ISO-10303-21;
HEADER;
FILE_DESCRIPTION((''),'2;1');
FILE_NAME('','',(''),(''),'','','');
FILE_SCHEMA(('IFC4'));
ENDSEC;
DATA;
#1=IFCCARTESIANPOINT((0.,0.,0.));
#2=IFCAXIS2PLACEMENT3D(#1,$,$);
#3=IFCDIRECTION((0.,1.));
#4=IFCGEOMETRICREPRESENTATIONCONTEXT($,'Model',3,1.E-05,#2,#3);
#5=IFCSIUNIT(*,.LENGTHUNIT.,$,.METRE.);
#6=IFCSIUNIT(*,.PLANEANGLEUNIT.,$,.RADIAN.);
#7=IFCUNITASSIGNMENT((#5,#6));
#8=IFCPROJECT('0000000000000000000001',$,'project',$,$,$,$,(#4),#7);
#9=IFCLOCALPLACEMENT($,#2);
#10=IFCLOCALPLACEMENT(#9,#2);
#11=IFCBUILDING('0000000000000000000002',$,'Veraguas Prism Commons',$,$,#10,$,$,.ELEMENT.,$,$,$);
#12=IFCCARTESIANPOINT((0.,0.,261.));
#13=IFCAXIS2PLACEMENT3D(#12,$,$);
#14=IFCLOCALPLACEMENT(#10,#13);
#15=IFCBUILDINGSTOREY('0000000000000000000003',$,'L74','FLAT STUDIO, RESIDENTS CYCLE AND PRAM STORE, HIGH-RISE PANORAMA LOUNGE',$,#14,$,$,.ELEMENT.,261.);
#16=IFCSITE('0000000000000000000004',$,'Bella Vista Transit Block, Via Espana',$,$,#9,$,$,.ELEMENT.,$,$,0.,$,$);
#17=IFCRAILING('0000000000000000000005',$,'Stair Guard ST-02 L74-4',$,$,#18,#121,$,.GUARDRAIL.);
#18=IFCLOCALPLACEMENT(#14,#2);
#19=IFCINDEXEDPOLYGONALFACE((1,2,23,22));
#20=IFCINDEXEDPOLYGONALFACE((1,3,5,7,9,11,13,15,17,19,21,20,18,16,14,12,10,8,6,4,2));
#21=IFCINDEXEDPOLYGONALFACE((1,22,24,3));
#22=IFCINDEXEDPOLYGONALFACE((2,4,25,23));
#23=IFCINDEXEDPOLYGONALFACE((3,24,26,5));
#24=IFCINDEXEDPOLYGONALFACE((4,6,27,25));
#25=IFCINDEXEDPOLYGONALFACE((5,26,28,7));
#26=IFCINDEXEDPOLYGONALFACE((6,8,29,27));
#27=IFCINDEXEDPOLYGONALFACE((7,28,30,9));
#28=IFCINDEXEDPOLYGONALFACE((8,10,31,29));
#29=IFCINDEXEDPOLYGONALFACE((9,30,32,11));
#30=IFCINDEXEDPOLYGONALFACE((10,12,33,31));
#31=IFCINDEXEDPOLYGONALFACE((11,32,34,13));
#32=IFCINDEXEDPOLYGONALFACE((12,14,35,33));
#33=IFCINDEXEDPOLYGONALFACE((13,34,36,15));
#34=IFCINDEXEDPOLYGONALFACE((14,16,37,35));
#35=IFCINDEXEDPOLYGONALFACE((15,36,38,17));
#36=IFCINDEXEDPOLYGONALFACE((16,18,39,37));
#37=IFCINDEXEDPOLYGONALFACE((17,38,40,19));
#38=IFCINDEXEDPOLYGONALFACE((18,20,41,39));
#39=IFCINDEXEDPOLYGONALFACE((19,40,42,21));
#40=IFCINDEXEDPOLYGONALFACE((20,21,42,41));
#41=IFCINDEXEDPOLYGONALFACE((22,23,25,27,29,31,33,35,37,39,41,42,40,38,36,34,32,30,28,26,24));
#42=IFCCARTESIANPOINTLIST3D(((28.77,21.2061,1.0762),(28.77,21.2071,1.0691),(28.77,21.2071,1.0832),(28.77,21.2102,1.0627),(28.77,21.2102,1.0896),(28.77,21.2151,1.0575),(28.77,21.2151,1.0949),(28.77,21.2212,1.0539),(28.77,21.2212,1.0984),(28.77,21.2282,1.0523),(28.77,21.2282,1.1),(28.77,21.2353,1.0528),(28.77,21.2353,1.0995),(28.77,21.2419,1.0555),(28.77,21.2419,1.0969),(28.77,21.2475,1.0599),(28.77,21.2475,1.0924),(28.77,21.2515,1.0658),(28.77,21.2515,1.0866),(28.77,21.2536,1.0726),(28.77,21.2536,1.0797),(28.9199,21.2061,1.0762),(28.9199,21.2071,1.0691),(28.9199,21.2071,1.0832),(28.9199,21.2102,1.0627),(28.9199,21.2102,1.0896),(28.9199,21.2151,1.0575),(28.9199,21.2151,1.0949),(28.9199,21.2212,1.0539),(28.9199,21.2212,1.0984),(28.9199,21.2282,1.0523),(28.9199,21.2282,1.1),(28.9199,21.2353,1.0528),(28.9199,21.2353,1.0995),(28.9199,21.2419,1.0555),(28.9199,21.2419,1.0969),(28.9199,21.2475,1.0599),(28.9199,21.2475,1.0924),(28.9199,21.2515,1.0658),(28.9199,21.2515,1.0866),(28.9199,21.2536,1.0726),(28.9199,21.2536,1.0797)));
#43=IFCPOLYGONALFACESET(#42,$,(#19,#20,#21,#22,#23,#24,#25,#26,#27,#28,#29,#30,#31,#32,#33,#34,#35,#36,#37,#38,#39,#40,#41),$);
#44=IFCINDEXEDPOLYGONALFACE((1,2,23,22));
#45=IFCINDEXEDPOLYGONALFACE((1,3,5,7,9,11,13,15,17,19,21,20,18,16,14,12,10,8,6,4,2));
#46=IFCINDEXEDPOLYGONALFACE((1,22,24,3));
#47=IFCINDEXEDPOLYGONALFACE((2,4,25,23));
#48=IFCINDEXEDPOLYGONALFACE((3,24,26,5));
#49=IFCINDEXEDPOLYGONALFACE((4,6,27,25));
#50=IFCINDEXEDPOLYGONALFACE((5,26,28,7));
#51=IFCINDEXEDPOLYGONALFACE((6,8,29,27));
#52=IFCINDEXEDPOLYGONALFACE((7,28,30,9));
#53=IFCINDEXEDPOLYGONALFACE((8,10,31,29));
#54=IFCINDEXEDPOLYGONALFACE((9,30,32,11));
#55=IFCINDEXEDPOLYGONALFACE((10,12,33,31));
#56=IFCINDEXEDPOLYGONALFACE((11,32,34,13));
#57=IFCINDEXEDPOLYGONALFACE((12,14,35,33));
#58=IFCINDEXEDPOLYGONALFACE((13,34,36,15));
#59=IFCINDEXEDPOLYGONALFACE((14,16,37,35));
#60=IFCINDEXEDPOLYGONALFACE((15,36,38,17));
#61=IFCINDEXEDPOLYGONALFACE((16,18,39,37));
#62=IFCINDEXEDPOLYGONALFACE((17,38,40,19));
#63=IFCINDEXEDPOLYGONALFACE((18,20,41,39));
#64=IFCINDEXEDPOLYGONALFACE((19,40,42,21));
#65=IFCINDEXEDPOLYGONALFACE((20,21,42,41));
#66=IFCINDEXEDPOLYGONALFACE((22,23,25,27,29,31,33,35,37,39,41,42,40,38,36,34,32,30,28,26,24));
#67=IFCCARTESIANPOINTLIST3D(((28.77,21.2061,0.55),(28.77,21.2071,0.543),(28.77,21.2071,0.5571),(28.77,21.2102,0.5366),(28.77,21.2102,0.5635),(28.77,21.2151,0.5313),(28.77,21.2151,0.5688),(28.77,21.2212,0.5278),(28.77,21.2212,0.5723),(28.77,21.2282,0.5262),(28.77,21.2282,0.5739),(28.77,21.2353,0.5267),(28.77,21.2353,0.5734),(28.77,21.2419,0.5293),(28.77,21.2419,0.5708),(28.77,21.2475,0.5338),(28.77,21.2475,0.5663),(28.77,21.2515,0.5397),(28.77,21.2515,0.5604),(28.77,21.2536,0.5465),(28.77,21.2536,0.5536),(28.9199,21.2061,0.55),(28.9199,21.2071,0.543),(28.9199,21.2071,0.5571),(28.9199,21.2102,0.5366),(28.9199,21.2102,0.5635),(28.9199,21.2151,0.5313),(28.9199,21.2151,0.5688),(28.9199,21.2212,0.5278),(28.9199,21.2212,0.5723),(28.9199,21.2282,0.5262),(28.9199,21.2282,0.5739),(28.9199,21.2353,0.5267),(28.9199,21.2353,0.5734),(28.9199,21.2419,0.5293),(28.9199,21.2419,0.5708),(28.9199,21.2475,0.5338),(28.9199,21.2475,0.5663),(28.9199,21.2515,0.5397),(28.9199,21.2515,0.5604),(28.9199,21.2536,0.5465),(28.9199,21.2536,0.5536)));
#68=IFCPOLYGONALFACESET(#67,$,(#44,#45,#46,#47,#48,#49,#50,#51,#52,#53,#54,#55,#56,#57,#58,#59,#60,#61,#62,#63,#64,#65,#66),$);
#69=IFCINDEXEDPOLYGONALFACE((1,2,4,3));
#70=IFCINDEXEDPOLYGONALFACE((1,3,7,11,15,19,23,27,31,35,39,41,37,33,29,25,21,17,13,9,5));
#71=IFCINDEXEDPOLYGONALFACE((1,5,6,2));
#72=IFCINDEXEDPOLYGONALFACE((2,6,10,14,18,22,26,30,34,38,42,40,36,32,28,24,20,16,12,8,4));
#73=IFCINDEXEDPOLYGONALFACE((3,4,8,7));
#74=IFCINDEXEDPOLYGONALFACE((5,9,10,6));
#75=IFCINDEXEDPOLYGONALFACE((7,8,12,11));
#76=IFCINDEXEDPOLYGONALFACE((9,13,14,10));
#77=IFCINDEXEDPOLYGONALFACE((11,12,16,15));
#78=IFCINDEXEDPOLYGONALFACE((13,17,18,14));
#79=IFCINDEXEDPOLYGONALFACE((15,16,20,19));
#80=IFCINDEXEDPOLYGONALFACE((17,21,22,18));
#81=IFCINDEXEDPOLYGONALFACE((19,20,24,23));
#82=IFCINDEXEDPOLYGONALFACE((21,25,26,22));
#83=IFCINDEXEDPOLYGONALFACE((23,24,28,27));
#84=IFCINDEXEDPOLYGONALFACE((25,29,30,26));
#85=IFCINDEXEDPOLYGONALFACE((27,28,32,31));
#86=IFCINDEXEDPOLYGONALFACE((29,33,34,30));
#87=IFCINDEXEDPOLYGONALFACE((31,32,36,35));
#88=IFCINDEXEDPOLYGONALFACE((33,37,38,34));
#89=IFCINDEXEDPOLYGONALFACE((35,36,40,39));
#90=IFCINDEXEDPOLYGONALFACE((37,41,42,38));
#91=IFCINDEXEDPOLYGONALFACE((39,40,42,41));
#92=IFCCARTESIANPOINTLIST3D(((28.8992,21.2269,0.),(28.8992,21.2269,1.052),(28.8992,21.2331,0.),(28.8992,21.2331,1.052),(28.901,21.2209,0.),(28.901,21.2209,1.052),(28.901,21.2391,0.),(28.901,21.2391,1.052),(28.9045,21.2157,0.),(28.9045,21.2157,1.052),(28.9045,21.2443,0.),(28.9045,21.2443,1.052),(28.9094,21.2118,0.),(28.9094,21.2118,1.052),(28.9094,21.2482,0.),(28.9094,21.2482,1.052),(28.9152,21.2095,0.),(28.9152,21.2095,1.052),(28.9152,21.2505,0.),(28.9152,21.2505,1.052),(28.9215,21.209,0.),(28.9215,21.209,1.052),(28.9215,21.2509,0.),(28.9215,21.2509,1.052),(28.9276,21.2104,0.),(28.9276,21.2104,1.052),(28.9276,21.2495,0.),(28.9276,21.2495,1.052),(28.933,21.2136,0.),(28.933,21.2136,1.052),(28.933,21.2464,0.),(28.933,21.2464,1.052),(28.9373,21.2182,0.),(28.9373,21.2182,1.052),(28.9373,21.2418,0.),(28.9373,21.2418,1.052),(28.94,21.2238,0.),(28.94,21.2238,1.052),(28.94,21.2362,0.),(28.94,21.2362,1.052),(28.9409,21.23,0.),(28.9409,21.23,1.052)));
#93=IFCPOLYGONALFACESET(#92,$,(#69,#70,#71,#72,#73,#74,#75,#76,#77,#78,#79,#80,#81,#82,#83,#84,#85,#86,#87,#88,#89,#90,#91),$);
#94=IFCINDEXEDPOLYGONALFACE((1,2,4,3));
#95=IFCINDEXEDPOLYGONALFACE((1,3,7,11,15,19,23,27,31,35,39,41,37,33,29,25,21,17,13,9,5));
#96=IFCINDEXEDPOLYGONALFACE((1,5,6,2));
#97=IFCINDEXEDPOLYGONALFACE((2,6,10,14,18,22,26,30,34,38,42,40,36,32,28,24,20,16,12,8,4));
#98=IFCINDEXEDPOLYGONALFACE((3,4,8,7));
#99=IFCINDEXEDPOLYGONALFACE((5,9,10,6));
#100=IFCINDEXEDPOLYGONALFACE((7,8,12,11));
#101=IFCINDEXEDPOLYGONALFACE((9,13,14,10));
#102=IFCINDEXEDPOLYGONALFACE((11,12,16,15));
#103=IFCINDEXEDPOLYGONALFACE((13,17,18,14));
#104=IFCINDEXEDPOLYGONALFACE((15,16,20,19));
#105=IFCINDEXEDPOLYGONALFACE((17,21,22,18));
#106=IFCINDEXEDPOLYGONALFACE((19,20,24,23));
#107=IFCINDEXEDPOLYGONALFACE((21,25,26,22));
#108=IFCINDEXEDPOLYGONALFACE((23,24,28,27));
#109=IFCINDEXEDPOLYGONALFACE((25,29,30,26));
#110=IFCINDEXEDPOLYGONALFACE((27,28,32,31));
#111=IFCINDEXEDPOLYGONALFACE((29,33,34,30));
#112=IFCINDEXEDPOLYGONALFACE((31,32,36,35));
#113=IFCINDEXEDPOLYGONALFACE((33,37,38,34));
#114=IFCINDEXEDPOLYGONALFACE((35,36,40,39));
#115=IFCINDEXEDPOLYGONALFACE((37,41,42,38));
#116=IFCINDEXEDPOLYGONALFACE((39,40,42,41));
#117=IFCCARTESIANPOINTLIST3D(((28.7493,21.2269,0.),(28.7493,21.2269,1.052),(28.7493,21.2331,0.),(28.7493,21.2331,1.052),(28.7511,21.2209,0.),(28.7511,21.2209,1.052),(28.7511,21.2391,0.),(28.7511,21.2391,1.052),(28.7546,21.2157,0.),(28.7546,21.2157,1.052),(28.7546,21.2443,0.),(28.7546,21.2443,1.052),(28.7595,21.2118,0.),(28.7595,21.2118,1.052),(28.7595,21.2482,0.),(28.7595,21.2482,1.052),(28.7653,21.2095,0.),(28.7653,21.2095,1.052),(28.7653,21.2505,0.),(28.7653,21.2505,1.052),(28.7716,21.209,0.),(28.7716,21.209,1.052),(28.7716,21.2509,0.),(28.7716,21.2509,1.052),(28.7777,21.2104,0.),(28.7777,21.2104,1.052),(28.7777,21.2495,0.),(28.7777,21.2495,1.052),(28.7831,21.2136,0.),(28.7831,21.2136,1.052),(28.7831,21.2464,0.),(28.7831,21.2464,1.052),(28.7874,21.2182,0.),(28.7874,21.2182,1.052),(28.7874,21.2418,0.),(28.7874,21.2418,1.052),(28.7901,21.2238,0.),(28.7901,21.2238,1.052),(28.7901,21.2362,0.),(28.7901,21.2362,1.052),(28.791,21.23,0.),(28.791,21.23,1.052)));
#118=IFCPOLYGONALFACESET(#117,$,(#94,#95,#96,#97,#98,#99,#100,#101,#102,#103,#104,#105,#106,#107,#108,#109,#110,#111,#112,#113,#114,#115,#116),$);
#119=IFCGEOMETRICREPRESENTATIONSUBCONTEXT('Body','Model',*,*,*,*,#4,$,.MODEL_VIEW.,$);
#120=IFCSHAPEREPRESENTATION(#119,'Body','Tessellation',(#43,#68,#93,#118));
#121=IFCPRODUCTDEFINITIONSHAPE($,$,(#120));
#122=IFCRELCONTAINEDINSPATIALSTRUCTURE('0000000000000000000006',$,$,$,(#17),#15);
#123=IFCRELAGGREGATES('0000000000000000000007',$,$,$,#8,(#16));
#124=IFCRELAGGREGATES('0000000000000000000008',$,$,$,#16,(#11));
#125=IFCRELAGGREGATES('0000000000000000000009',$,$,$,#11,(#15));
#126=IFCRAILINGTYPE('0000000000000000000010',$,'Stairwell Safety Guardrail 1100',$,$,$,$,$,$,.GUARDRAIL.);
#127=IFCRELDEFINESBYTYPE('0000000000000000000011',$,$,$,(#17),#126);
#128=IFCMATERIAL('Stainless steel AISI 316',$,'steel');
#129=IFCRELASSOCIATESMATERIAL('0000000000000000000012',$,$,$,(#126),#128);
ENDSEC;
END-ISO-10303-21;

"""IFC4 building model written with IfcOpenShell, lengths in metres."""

from ifc_helpers import new_model, si_unit, direction, frame, origin, origin_2d, place, context, subcontext, project, spatial, circle, extrude, material, type_object, element, save


model = new_model("IFC4")

# Units and contexts
model_context = context("Model", 3, precision=1e-05, world=origin(), true_north=direction((0.0, 1.0)))
body_context = subcontext(model_context, "Body", "Model", "MODEL_VIEW")
ifc_project = project(units=[si_unit("LENGTHUNIT", "METRE"), si_unit("PLANEANGLEUNIT", "RADIAN")], contexts=[model_context])

# Site, building, storey
site_placement = place(None, origin())
site = spatial("IfcSite", under=ifc_project, at=site_placement, Name="Bella Vista Transit Block, Via Espana", CompositionType="ELEMENT", RefElevation=0.0)
building_placement = place(site_placement, origin())
building = spatial("IfcBuilding", under=site, at=building_placement, Name="Veraguas Prism Commons", CompositionType="ELEMENT")
storey_placement = place(building_placement, frame((0.0, 0.0, 261.0)))
storey = spatial("IfcBuildingStorey", under=building, at=storey_placement, Name="L74", Description="FLAT STUDIO, RESIDENTS CYCLE AND PRAM STORE, HIGH-RISE PANORAMA LOUNGE", CompositionType="ELEMENT", Elevation=261.0)

# Shared definitions
ifc_material_1 = material(Name="Stainless steel AISI 316", Category="steel")

# Railing
railing_type = type_object("IfcRailingType", Name="Stairwell Safety Guardrail 1100", PredefinedType="GUARDRAIL", material=ifc_material_1)
railing_1_placement = place(storey_placement, frame((28.9199, 21.23, 0.0)))
element("IfcRailing", 1, at=railing_1_placement, inside=storey, type_object=railing_type, Name="Stair Guard ST-02 L74-4", PredefinedType="GUARDRAIL", context=body_context, shape_type="SweptSolid", body=[
    extrude(circle(Radius=0.0239, at=origin_2d()), frame((0.0, 0.0, 1.0762), z_axis=(-1.0, 0.0, 0.0), x_axis=(0.0, -1.0, 0.0)), (0.0, 0.0, 1.0), 0.1499),
    extrude(circle(Radius=0.0239, at=origin_2d()), frame((0.0, 0.0, 0.55), z_axis=(-1.0, 0.0, 0.0), x_axis=(0.0, -1.0, 0.0)), (0.0, 0.0, 1.0), 0.1499),
    extrude(circle(Radius=0.021, at=origin_2d()), origin(), (0.0, 0.0, 1.0), 1.052),
    extrude(circle(Radius=0.021, at=origin_2d()), frame((-0.1499, 0.0, 0.0)), (0.0, 0.0, 1.0), 1.052),
])

save(model, "model.ifc")
